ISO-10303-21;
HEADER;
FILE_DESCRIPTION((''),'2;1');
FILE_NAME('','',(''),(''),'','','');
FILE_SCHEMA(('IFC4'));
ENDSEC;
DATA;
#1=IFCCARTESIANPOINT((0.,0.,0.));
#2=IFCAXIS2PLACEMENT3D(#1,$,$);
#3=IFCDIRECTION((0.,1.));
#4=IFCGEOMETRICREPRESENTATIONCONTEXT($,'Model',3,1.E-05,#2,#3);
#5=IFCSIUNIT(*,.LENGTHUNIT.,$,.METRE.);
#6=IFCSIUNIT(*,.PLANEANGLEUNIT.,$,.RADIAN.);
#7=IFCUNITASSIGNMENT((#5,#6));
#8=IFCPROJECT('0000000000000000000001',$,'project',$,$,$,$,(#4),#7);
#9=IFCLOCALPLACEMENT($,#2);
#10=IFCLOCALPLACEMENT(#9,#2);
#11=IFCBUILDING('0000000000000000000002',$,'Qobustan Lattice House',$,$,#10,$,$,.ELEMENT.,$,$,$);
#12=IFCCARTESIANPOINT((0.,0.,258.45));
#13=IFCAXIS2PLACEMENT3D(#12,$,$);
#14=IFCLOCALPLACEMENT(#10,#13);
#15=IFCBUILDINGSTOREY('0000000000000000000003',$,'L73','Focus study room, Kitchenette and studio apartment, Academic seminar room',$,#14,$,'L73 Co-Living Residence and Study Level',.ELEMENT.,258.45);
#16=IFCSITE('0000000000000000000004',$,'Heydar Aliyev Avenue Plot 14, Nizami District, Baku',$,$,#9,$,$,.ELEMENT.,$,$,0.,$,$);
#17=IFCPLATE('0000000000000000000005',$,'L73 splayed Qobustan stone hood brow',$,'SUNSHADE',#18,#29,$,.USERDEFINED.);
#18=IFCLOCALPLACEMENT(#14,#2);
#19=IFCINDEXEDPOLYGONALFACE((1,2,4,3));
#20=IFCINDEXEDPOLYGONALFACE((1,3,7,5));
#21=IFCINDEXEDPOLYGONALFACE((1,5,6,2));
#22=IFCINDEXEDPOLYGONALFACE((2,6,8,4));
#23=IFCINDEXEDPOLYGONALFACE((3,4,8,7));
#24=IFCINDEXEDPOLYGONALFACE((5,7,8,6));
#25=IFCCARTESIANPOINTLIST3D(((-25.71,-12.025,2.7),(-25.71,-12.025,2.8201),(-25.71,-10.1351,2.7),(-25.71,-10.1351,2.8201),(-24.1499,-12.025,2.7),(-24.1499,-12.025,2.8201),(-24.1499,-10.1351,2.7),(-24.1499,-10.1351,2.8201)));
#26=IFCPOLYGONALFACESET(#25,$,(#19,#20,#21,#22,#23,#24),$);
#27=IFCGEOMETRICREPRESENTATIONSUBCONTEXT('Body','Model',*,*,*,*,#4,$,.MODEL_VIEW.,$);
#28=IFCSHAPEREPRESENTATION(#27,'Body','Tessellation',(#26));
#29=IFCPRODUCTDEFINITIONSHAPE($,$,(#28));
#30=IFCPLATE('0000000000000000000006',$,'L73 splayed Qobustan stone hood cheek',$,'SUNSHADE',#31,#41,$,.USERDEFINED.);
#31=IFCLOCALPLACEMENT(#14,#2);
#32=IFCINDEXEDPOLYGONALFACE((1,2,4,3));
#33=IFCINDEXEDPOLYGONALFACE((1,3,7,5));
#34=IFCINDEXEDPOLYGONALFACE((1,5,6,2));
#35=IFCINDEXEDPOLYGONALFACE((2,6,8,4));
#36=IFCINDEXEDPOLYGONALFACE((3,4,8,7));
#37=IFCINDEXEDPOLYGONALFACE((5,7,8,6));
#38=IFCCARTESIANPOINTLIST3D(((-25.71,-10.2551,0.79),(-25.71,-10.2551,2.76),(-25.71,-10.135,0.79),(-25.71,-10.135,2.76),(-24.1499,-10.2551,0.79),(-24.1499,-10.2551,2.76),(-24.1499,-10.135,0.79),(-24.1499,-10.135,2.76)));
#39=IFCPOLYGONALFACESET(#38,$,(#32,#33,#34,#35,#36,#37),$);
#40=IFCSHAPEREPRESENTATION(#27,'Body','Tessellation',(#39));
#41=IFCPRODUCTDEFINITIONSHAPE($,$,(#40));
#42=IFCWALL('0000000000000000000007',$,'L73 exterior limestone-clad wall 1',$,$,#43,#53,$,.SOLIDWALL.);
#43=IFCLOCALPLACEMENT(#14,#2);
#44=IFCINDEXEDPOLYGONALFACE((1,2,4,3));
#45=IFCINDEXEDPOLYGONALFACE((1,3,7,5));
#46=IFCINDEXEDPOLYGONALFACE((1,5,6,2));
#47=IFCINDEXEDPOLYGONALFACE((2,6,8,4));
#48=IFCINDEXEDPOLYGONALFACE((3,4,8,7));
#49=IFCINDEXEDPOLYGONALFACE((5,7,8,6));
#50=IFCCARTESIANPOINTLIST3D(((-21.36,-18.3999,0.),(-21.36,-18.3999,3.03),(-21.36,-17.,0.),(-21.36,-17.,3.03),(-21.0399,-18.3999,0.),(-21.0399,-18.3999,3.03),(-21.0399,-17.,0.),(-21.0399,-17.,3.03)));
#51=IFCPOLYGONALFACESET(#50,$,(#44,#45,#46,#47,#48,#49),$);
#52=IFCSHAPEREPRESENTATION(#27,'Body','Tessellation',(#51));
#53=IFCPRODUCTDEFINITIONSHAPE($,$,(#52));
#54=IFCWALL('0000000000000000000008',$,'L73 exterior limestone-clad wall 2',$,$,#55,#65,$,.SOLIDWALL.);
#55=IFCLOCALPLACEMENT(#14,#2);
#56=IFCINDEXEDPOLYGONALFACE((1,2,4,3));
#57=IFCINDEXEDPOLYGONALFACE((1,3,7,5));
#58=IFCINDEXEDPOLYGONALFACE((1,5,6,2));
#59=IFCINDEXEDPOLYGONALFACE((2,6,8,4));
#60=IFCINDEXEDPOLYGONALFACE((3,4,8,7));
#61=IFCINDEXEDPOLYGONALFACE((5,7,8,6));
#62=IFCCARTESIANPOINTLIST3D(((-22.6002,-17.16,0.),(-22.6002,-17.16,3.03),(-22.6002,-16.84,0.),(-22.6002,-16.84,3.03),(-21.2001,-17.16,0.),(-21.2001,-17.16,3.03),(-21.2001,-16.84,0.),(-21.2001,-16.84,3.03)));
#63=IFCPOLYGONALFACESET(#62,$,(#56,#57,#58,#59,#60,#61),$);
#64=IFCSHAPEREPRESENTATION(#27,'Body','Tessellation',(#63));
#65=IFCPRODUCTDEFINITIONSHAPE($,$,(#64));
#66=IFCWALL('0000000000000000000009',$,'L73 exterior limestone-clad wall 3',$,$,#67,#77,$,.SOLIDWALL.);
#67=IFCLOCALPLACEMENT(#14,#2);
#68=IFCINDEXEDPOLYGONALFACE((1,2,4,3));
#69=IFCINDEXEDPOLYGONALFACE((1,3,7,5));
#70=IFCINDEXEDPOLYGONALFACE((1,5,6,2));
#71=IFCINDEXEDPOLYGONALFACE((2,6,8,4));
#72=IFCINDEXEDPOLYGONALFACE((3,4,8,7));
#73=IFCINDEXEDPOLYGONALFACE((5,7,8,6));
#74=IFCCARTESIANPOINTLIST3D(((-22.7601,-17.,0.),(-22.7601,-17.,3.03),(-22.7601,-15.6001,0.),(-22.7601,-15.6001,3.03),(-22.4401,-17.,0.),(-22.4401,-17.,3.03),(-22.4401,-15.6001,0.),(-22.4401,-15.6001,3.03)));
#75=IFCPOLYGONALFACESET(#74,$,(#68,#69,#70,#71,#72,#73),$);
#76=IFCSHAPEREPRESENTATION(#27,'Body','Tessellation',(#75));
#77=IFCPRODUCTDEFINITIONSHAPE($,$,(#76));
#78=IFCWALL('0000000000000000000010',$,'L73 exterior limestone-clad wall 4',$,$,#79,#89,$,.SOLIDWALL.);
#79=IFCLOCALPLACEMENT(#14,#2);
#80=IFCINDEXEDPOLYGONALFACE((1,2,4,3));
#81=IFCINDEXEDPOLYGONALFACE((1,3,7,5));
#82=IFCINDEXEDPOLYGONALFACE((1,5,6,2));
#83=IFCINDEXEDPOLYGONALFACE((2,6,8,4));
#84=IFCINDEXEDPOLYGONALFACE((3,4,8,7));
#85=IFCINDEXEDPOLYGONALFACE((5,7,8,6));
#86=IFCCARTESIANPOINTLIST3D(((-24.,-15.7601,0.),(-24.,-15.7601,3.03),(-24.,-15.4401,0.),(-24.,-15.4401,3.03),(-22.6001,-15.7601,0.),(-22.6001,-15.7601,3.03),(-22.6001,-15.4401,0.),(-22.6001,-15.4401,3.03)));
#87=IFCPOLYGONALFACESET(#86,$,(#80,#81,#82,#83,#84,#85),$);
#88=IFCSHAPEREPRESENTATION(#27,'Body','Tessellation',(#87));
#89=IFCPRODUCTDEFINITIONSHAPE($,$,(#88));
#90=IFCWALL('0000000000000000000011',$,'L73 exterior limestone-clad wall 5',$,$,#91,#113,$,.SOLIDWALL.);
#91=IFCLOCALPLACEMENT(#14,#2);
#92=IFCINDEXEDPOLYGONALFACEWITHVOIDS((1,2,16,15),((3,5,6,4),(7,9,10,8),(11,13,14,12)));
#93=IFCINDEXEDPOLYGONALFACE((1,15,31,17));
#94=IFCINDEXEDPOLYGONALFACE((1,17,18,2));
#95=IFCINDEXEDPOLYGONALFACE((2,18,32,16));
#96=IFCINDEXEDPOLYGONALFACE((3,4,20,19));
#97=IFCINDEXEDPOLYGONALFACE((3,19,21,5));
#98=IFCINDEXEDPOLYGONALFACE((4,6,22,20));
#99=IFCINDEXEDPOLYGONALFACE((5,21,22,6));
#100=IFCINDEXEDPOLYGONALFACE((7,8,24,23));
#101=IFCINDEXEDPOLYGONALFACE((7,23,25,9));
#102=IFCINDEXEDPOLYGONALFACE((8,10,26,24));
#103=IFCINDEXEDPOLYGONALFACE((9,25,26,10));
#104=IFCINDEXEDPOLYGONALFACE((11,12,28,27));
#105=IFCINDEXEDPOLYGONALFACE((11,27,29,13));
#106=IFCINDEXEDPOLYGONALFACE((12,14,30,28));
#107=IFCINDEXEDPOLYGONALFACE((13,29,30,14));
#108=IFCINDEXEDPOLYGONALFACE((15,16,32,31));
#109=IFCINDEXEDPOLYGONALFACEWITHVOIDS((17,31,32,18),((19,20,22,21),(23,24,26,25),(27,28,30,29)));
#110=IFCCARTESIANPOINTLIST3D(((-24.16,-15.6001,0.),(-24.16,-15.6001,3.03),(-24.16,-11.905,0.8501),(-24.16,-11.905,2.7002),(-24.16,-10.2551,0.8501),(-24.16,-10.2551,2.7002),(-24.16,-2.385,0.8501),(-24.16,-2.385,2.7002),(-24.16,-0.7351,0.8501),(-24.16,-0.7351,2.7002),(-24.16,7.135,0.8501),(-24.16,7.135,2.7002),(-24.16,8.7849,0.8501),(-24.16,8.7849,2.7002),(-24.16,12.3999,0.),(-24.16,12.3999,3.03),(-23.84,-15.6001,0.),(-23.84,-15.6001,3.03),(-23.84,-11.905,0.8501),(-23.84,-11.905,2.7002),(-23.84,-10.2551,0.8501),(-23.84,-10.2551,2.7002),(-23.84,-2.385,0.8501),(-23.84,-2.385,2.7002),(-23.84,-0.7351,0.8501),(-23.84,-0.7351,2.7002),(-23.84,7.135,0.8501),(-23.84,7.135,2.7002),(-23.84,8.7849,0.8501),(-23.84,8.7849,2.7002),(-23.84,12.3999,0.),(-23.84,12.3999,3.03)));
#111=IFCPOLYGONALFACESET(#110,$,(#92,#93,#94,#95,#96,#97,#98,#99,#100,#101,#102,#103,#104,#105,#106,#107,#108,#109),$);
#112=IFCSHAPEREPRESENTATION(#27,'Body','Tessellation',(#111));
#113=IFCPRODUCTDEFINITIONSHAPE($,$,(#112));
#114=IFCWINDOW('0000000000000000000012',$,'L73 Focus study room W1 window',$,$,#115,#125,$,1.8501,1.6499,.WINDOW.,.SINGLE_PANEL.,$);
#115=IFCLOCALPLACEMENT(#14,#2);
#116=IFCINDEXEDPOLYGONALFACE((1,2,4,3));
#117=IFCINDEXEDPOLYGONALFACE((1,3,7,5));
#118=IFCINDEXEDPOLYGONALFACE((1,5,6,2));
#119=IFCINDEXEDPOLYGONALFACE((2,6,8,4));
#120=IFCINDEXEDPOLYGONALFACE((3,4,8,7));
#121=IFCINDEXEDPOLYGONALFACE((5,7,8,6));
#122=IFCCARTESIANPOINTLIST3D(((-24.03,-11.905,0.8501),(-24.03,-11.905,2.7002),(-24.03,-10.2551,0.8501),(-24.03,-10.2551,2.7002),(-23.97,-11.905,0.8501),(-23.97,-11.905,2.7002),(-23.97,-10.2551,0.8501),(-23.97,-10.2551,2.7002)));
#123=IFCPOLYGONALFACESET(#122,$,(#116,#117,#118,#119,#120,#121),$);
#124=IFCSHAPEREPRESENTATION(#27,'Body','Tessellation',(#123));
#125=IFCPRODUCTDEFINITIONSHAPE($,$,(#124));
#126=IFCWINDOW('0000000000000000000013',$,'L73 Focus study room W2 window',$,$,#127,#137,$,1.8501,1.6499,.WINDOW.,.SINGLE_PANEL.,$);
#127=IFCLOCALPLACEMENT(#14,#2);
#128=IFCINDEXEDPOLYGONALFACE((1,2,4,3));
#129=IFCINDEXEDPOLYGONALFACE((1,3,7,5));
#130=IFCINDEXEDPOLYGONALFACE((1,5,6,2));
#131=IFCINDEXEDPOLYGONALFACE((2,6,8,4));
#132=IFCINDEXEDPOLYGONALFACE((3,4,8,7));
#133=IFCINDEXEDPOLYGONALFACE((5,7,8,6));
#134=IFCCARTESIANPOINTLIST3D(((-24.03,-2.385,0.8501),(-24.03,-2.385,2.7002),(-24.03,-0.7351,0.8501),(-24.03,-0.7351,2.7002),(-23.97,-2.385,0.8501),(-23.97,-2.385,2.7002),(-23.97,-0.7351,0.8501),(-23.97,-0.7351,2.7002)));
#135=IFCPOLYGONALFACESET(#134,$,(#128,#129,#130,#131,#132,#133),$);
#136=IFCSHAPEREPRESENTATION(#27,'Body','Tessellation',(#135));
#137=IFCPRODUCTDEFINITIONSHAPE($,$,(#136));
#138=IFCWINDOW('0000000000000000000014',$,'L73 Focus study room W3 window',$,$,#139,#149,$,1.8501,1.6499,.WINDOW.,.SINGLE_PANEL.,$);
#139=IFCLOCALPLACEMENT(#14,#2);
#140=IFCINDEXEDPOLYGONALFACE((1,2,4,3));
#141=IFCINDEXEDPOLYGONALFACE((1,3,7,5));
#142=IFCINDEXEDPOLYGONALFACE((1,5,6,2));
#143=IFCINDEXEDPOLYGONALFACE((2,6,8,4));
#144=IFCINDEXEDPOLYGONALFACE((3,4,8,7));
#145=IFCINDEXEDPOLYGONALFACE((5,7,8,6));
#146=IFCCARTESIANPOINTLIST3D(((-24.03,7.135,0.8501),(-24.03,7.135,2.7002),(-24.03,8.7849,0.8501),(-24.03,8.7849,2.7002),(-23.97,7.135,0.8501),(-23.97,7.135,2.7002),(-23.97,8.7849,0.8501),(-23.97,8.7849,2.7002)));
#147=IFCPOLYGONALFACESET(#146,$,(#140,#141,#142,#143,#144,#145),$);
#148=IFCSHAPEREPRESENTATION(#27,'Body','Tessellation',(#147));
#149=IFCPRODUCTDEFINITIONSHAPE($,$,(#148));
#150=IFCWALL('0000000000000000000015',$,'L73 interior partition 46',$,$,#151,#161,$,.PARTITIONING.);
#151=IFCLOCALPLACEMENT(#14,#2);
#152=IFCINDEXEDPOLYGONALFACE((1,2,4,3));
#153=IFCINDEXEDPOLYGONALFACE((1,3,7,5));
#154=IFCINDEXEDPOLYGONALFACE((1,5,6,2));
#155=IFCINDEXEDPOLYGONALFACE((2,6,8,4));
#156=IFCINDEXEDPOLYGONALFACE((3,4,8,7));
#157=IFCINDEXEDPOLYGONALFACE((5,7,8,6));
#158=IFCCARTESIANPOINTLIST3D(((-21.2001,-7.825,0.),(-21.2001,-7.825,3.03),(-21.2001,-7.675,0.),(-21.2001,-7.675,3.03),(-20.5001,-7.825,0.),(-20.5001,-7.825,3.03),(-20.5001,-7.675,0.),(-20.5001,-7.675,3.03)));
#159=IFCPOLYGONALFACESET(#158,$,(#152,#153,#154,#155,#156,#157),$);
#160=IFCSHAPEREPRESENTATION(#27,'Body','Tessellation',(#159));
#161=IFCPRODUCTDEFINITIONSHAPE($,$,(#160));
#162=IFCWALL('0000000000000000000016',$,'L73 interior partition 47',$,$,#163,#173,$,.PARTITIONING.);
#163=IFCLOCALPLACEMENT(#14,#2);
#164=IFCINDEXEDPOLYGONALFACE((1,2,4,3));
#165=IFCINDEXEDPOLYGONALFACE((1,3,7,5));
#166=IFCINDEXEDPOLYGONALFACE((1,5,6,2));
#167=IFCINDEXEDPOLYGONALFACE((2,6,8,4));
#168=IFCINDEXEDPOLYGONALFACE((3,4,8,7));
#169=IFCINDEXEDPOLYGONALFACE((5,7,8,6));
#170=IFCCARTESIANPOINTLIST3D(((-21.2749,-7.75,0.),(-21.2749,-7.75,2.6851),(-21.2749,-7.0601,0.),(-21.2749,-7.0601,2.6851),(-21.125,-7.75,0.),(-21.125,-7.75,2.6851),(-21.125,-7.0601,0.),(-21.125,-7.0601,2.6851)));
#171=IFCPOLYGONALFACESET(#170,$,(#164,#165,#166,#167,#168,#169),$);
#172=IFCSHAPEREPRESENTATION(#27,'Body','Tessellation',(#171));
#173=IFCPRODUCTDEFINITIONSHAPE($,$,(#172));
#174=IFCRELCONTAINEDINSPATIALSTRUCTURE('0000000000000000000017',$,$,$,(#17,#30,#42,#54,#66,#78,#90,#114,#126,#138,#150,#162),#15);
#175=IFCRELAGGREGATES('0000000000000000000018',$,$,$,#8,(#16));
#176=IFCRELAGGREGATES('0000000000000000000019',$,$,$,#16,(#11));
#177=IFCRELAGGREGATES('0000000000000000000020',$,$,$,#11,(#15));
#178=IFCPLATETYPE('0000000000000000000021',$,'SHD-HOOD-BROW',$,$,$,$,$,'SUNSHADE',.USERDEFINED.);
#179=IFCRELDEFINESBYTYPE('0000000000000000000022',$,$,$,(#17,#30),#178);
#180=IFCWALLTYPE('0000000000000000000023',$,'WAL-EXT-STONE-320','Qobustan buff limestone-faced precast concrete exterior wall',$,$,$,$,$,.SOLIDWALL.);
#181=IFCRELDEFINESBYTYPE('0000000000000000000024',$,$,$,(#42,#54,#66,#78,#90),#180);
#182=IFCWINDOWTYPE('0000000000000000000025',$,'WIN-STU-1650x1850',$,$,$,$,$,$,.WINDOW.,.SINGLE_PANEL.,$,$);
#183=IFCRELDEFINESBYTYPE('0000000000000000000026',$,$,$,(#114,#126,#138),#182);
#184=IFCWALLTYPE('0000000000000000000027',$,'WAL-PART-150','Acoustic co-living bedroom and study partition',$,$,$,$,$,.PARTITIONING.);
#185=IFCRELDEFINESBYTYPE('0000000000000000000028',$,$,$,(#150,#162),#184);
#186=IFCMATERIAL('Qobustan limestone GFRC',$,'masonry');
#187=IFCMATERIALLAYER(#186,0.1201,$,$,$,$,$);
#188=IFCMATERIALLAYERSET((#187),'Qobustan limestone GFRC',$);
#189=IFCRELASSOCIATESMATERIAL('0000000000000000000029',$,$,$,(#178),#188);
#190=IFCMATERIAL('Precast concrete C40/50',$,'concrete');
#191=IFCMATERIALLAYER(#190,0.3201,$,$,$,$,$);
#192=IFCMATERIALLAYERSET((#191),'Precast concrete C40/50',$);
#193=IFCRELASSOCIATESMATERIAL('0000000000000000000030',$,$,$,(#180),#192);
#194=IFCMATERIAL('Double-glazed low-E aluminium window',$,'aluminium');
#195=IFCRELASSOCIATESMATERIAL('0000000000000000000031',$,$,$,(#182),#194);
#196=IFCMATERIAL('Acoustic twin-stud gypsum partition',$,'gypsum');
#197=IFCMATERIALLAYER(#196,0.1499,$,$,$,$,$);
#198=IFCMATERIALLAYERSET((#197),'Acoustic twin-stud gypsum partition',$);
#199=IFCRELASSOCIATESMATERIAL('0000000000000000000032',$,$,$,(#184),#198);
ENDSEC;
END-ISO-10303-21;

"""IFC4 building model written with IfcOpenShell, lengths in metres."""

from ifc_helpers import new_model, si_unit, direction, frame, frame_2d, origin, origin_2d, place, context, subcontext, project, spatial, rectangle, extrude, material, layer, layer_set, type_object, element, fill, save


model = new_model("IFC4")

# Units and contexts
model_context = context("Model", 3, precision=1e-05, world=origin(), true_north=direction((0.0, 1.0)))
body_context = subcontext(model_context, "Body", "Model", "MODEL_VIEW")
ifc_project = project(units=[si_unit("LENGTHUNIT", "METRE"), si_unit("PLANEANGLEUNIT", "RADIAN")], contexts=[model_context])

# Site, building, storey
site_placement = place(None, origin())
site = spatial("IfcSite", under=ifc_project, at=site_placement, Name="Heydar Aliyev Avenue Plot 14, Nizami District, Baku", CompositionType="ELEMENT", RefElevation=0.0)
building_placement = place(site_placement, origin())
building = spatial("IfcBuilding", under=site, at=building_placement, Name="Qobustan Lattice House", CompositionType="ELEMENT")
storey_placement = place(building_placement, frame((0.0, 0.0, 258.45)))
storey = spatial("IfcBuildingStorey", under=building, at=storey_placement, Name="L73", Description="Focus study room, Kitchenette and studio apartment, Academic seminar room", LongName="L73 Co-Living Residence and Study Level", CompositionType="ELEMENT", Elevation=258.45)

# Plates
ifc_material_1 = material(Name="Qobustan limestone GFRC", Category="masonry")
ifc_layer_1 = layer(ifc_material_1, 0.1201)
ifc_layer_set_1 = layer_set([ifc_layer_1], Name="Qobustan limestone GFRC")
plate_type = type_object("IfcPlateType", Name="SHD-HOOD-BROW", ElementType="SUNSHADE", PredefinedType="USERDEFINED", material=ifc_layer_set_1)
plate_1_placement = place(storey_placement, frame((-24.9299, -11.0801, 2.7), z_axis=(0.0, 0.0, 1.0), x_axis=(0.0, 1.0, 0.0)))
element("IfcPlate", 1, at=plate_1_placement, inside=storey, type_object=plate_type, Name="L73 splayed Qobustan stone hood brow", ObjectType="SUNSHADE", PredefinedType="USERDEFINED", context=body_context, shape_type="SweptSolid", body=[
    extrude(rectangle(XDim=1.8899, YDim=1.5601, at=origin_2d()), origin(), (0.0, 0.0, 1.0), 0.1201),
])
plate_2_placement = place(storey_placement, frame((-24.9299, -10.1951, 0.79), z_axis=(0.0, 0.0, 1.0), x_axis=(0.0, 1.0, 0.0)))
element("IfcPlate", 2, at=plate_2_placement, inside=storey, type_object=plate_type, Name="L73 splayed Qobustan stone hood cheek", ObjectType="SUNSHADE", PredefinedType="USERDEFINED", context=body_context, shape_type="SweptSolid", body=[
    extrude(rectangle(XDim=0.1201, YDim=1.5601, at=origin_2d()), origin(), (0.0, 0.0, 1.0), 1.97),
])

# Walls
ifc_material_2 = material(Name="Precast concrete C40/50", Category="concrete")
ifc_layer_2 = layer(ifc_material_2, 0.3201)
ifc_layer_set_2 = layer_set([ifc_layer_2], Name="Precast concrete C40/50")
wall_type_1 = type_object("IfcWallType", Name="WAL-EXT-STONE-320", Description="Qobustan buff limestone-faced precast concrete exterior wall", PredefinedType="SOLIDWALL", material=ifc_layer_set_2)
wall_1_placement = place(storey_placement, frame((-21.2, -18.3999, 0.0), z_axis=(0.0, 0.0, 1.0), x_axis=(0.0, 1.0, 0.0)))
element("IfcWall", 3, at=wall_1_placement, inside=storey, type_object=wall_type_1, Name="L73 exterior limestone-clad wall 1", PredefinedType="SOLIDWALL", context=body_context, shape_type="SweptSolid", body=[
    extrude(rectangle(XDim=1.3999, YDim=0.3201, at=frame_2d((0.7, 0.0))), origin(), (0.0, 0.0, 1.0), 3.03),
])
wall_2_placement = place(storey_placement, frame((-21.2, -17.0, 0.0), z_axis=(0.0, 0.0, 1.0), x_axis=(-1.0, 0.0, 0.0)))
element("IfcWall", 4, at=wall_2_placement, inside=storey, type_object=wall_type_1, Name="L73 exterior limestone-clad wall 2", PredefinedType="SOLIDWALL", context=body_context, shape_type="SweptSolid", body=[
    extrude(rectangle(XDim=1.4001, YDim=0.3201, at=frame_2d((0.7002, 0.0))), origin(), (0.0, 0.0, 1.0), 3.03),
])
for number, where, z_axis, x_axis, name in (
    (5, (-22.6001, -17.0, 0.0), (0.0, 0.0, 1.0), (0.0, 1.0, 0.0), "L73 exterior limestone-clad wall 3"),
    (6, (-22.6001, -15.6001, 0.0), (0.0, 0.0, 1.0), (-1.0, 0.0, 0.0), "L73 exterior limestone-clad wall 4"),
):
    element("IfcWall", number, at=place(storey_placement, frame(where, z_axis=z_axis, x_axis=x_axis)), inside=storey, type_object=wall_type_1, Name=name, PredefinedType="SOLIDWALL", context=body_context, shape_type="SweptSolid", body=[
        extrude(rectangle(XDim=1.3999, YDim=0.3201, at=frame_2d((0.7, 0.0))), origin(), (0.0, 0.0, 1.0), 3.03),
    ])

# Wall, openings, windows
wall_3_placement = place(storey_placement, frame((-24.0, -15.6001, 0.0), z_axis=(0.0, 0.0, 1.0), x_axis=(0.0, 1.0, 0.0)))
wall_3 = element("IfcWall", 7, at=wall_3_placement, inside=storey, type_object=wall_type_1, Name="L73 exterior limestone-clad wall 5", PredefinedType="SOLIDWALL", context=body_context, shape_type="SweptSolid", body=[
    extrude(rectangle(XDim=28.0, YDim=0.3201, at=frame_2d((14.0, 0.0))), origin(), (0.0, 0.0, 1.0), 3.03),
])
opening_1_placement = place(wall_3_placement, frame((3.6951, 0.0, 0.8501)))
opening_1 = element("IfcOpeningElement", 8, at=opening_1_placement, cuts=wall_3, PredefinedType="OPENING", context=body_context, shape_type="SweptSolid", body=[
    extrude(rectangle(XDim=1.6499, YDim=1.8501, at=frame_2d((0.825, 0.925))), frame((0.0, 0.1699, 0.0), z_axis=(0.0, -1.0, 0.0), x_axis=(1.0, 0.0, 0.0)), (0.0, 0.0, 1.0), 0.3401),
])
opening_2_placement = place(wall_3_placement, frame((13.2151, 0.0, 0.8501)))
opening_2 = element("IfcOpeningElement", 9, at=opening_2_placement, cuts=wall_3, PredefinedType="OPENING", context=body_context, shape_type="SweptSolid", body=[
    extrude(rectangle(XDim=1.6499, YDim=1.8501, at=frame_2d((0.825, 0.925))), frame((0.0, 0.1699, 0.0), z_axis=(0.0, -1.0, 0.0), x_axis=(1.0, 0.0, 0.0)), (0.0, 0.0, 1.0), 0.3401),
])
opening_3_placement = place(wall_3_placement, frame((22.7351, 0.0, 0.8501)))
opening_3 = element("IfcOpeningElement", 10, at=opening_3_placement, cuts=wall_3, PredefinedType="OPENING", context=body_context, shape_type="SweptSolid", body=[
    extrude(rectangle(XDim=1.6499, YDim=1.8501, at=frame_2d((0.825, 0.925))), frame((0.0, 0.1699, 0.0), z_axis=(0.0, -1.0, 0.0), x_axis=(1.0, 0.0, 0.0)), (0.0, 0.0, 1.0), 0.3401),
])
ifc_material_3 = material(Name="Double-glazed low-E aluminium window", Category="aluminium")
window_type = type_object("IfcWindowType", Name="WIN-STU-1650x1850", PartitioningType="SINGLE_PANEL", PredefinedType="WINDOW", material=ifc_material_3)
window_1_placement = place(opening_1_placement, origin())
window_1 = element("IfcWindow", 11, at=window_1_placement, inside=storey, type_object=window_type, Name="L73 Focus study room W1 window", OverallHeight=1.8501, OverallWidth=1.6499, PartitioningType="SINGLE_PANEL", PredefinedType="WINDOW", context=body_context, shape_type="SweptSolid", body=[
    extrude(rectangle(XDim=1.6499, YDim=1.8501, at=frame_2d((0.825, 0.925))), frame((0.0, 0.03, 0.0), z_axis=(0.0, -1.0, 0.0), x_axis=(1.0, 0.0, 0.0)), (0.0, 0.0, 1.0), 0.0601),
])
fill(opening_1, window_1)
window_2_placement = place(opening_2_placement, origin())
window_2 = element("IfcWindow", 12, at=window_2_placement, inside=storey, type_object=window_type, Name="L73 Focus study room W2 window", OverallHeight=1.8501, OverallWidth=1.6499, PartitioningType="SINGLE_PANEL", PredefinedType="WINDOW", context=body_context, shape_type="SweptSolid", body=[
    extrude(rectangle(XDim=1.6499, YDim=1.8501, at=frame_2d((0.825, 0.925))), frame((0.0, 0.03, 0.0), z_axis=(0.0, -1.0, 0.0), x_axis=(1.0, 0.0, 0.0)), (0.0, 0.0, 1.0), 0.0601),
])
fill(opening_2, window_2)
window_3_placement = place(opening_3_placement, origin())
window_3 = element("IfcWindow", 13, at=window_3_placement, inside=storey, type_object=window_type, Name="L73 Focus study room W3 window", OverallHeight=1.8501, OverallWidth=1.6499, PartitioningType="SINGLE_PANEL", PredefinedType="WINDOW", context=body_context, shape_type="SweptSolid", body=[
    extrude(rectangle(XDim=1.6499, YDim=1.8501, at=frame_2d((0.825, 0.925))), frame((0.0, 0.03, 0.0), z_axis=(0.0, -1.0, 0.0), x_axis=(1.0, 0.0, 0.0)), (0.0, 0.0, 1.0), 0.0601),
])
fill(opening_3, window_3)

# Walls
ifc_material_4 = material(Name="Acoustic twin-stud gypsum partition", Category="gypsum")
ifc_layer_3 = layer(ifc_material_4, 0.1499)
ifc_layer_set_3 = layer_set([ifc_layer_3], Name="Acoustic twin-stud gypsum partition")
wall_type_2 = type_object("IfcWallType", Name="WAL-PART-150", Description="Acoustic co-living bedroom and study partition", PredefinedType="PARTITIONING", material=ifc_layer_set_3)
wall_4_placement = place(storey_placement, frame((-20.5, -7.75, 0.0), z_axis=(0.0, 0.0, 1.0), x_axis=(-1.0, 0.0, 0.0)))
element("IfcWall", 14, at=wall_4_placement, inside=storey, type_object=wall_type_2, Name="L73 interior partition 46", PredefinedType="PARTITIONING", context=body_context, shape_type="SweptSolid", body=[
    extrude(rectangle(XDim=0.7, YDim=0.1499, at=frame_2d((0.3501, 0.0))), origin(), (0.0, 0.0, 1.0), 3.03),
])
wall_5_placement = place(storey_placement, frame((-21.2, -7.75, 0.0), z_axis=(0.0, 0.0, 1.0), x_axis=(0.0, 1.0, 0.0)))
element("IfcWall", 15, at=wall_5_placement, inside=storey, type_object=wall_type_2, Name="L73 interior partition 47", PredefinedType="PARTITIONING", context=body_context, shape_type="SweptSolid", body=[
    extrude(rectangle(XDim=0.6899, YDim=0.1499, at=frame_2d((0.345, 0.0))), origin(), (0.0, 0.0, 1.0), 2.6851),
])

save(model, "model.ifc")
